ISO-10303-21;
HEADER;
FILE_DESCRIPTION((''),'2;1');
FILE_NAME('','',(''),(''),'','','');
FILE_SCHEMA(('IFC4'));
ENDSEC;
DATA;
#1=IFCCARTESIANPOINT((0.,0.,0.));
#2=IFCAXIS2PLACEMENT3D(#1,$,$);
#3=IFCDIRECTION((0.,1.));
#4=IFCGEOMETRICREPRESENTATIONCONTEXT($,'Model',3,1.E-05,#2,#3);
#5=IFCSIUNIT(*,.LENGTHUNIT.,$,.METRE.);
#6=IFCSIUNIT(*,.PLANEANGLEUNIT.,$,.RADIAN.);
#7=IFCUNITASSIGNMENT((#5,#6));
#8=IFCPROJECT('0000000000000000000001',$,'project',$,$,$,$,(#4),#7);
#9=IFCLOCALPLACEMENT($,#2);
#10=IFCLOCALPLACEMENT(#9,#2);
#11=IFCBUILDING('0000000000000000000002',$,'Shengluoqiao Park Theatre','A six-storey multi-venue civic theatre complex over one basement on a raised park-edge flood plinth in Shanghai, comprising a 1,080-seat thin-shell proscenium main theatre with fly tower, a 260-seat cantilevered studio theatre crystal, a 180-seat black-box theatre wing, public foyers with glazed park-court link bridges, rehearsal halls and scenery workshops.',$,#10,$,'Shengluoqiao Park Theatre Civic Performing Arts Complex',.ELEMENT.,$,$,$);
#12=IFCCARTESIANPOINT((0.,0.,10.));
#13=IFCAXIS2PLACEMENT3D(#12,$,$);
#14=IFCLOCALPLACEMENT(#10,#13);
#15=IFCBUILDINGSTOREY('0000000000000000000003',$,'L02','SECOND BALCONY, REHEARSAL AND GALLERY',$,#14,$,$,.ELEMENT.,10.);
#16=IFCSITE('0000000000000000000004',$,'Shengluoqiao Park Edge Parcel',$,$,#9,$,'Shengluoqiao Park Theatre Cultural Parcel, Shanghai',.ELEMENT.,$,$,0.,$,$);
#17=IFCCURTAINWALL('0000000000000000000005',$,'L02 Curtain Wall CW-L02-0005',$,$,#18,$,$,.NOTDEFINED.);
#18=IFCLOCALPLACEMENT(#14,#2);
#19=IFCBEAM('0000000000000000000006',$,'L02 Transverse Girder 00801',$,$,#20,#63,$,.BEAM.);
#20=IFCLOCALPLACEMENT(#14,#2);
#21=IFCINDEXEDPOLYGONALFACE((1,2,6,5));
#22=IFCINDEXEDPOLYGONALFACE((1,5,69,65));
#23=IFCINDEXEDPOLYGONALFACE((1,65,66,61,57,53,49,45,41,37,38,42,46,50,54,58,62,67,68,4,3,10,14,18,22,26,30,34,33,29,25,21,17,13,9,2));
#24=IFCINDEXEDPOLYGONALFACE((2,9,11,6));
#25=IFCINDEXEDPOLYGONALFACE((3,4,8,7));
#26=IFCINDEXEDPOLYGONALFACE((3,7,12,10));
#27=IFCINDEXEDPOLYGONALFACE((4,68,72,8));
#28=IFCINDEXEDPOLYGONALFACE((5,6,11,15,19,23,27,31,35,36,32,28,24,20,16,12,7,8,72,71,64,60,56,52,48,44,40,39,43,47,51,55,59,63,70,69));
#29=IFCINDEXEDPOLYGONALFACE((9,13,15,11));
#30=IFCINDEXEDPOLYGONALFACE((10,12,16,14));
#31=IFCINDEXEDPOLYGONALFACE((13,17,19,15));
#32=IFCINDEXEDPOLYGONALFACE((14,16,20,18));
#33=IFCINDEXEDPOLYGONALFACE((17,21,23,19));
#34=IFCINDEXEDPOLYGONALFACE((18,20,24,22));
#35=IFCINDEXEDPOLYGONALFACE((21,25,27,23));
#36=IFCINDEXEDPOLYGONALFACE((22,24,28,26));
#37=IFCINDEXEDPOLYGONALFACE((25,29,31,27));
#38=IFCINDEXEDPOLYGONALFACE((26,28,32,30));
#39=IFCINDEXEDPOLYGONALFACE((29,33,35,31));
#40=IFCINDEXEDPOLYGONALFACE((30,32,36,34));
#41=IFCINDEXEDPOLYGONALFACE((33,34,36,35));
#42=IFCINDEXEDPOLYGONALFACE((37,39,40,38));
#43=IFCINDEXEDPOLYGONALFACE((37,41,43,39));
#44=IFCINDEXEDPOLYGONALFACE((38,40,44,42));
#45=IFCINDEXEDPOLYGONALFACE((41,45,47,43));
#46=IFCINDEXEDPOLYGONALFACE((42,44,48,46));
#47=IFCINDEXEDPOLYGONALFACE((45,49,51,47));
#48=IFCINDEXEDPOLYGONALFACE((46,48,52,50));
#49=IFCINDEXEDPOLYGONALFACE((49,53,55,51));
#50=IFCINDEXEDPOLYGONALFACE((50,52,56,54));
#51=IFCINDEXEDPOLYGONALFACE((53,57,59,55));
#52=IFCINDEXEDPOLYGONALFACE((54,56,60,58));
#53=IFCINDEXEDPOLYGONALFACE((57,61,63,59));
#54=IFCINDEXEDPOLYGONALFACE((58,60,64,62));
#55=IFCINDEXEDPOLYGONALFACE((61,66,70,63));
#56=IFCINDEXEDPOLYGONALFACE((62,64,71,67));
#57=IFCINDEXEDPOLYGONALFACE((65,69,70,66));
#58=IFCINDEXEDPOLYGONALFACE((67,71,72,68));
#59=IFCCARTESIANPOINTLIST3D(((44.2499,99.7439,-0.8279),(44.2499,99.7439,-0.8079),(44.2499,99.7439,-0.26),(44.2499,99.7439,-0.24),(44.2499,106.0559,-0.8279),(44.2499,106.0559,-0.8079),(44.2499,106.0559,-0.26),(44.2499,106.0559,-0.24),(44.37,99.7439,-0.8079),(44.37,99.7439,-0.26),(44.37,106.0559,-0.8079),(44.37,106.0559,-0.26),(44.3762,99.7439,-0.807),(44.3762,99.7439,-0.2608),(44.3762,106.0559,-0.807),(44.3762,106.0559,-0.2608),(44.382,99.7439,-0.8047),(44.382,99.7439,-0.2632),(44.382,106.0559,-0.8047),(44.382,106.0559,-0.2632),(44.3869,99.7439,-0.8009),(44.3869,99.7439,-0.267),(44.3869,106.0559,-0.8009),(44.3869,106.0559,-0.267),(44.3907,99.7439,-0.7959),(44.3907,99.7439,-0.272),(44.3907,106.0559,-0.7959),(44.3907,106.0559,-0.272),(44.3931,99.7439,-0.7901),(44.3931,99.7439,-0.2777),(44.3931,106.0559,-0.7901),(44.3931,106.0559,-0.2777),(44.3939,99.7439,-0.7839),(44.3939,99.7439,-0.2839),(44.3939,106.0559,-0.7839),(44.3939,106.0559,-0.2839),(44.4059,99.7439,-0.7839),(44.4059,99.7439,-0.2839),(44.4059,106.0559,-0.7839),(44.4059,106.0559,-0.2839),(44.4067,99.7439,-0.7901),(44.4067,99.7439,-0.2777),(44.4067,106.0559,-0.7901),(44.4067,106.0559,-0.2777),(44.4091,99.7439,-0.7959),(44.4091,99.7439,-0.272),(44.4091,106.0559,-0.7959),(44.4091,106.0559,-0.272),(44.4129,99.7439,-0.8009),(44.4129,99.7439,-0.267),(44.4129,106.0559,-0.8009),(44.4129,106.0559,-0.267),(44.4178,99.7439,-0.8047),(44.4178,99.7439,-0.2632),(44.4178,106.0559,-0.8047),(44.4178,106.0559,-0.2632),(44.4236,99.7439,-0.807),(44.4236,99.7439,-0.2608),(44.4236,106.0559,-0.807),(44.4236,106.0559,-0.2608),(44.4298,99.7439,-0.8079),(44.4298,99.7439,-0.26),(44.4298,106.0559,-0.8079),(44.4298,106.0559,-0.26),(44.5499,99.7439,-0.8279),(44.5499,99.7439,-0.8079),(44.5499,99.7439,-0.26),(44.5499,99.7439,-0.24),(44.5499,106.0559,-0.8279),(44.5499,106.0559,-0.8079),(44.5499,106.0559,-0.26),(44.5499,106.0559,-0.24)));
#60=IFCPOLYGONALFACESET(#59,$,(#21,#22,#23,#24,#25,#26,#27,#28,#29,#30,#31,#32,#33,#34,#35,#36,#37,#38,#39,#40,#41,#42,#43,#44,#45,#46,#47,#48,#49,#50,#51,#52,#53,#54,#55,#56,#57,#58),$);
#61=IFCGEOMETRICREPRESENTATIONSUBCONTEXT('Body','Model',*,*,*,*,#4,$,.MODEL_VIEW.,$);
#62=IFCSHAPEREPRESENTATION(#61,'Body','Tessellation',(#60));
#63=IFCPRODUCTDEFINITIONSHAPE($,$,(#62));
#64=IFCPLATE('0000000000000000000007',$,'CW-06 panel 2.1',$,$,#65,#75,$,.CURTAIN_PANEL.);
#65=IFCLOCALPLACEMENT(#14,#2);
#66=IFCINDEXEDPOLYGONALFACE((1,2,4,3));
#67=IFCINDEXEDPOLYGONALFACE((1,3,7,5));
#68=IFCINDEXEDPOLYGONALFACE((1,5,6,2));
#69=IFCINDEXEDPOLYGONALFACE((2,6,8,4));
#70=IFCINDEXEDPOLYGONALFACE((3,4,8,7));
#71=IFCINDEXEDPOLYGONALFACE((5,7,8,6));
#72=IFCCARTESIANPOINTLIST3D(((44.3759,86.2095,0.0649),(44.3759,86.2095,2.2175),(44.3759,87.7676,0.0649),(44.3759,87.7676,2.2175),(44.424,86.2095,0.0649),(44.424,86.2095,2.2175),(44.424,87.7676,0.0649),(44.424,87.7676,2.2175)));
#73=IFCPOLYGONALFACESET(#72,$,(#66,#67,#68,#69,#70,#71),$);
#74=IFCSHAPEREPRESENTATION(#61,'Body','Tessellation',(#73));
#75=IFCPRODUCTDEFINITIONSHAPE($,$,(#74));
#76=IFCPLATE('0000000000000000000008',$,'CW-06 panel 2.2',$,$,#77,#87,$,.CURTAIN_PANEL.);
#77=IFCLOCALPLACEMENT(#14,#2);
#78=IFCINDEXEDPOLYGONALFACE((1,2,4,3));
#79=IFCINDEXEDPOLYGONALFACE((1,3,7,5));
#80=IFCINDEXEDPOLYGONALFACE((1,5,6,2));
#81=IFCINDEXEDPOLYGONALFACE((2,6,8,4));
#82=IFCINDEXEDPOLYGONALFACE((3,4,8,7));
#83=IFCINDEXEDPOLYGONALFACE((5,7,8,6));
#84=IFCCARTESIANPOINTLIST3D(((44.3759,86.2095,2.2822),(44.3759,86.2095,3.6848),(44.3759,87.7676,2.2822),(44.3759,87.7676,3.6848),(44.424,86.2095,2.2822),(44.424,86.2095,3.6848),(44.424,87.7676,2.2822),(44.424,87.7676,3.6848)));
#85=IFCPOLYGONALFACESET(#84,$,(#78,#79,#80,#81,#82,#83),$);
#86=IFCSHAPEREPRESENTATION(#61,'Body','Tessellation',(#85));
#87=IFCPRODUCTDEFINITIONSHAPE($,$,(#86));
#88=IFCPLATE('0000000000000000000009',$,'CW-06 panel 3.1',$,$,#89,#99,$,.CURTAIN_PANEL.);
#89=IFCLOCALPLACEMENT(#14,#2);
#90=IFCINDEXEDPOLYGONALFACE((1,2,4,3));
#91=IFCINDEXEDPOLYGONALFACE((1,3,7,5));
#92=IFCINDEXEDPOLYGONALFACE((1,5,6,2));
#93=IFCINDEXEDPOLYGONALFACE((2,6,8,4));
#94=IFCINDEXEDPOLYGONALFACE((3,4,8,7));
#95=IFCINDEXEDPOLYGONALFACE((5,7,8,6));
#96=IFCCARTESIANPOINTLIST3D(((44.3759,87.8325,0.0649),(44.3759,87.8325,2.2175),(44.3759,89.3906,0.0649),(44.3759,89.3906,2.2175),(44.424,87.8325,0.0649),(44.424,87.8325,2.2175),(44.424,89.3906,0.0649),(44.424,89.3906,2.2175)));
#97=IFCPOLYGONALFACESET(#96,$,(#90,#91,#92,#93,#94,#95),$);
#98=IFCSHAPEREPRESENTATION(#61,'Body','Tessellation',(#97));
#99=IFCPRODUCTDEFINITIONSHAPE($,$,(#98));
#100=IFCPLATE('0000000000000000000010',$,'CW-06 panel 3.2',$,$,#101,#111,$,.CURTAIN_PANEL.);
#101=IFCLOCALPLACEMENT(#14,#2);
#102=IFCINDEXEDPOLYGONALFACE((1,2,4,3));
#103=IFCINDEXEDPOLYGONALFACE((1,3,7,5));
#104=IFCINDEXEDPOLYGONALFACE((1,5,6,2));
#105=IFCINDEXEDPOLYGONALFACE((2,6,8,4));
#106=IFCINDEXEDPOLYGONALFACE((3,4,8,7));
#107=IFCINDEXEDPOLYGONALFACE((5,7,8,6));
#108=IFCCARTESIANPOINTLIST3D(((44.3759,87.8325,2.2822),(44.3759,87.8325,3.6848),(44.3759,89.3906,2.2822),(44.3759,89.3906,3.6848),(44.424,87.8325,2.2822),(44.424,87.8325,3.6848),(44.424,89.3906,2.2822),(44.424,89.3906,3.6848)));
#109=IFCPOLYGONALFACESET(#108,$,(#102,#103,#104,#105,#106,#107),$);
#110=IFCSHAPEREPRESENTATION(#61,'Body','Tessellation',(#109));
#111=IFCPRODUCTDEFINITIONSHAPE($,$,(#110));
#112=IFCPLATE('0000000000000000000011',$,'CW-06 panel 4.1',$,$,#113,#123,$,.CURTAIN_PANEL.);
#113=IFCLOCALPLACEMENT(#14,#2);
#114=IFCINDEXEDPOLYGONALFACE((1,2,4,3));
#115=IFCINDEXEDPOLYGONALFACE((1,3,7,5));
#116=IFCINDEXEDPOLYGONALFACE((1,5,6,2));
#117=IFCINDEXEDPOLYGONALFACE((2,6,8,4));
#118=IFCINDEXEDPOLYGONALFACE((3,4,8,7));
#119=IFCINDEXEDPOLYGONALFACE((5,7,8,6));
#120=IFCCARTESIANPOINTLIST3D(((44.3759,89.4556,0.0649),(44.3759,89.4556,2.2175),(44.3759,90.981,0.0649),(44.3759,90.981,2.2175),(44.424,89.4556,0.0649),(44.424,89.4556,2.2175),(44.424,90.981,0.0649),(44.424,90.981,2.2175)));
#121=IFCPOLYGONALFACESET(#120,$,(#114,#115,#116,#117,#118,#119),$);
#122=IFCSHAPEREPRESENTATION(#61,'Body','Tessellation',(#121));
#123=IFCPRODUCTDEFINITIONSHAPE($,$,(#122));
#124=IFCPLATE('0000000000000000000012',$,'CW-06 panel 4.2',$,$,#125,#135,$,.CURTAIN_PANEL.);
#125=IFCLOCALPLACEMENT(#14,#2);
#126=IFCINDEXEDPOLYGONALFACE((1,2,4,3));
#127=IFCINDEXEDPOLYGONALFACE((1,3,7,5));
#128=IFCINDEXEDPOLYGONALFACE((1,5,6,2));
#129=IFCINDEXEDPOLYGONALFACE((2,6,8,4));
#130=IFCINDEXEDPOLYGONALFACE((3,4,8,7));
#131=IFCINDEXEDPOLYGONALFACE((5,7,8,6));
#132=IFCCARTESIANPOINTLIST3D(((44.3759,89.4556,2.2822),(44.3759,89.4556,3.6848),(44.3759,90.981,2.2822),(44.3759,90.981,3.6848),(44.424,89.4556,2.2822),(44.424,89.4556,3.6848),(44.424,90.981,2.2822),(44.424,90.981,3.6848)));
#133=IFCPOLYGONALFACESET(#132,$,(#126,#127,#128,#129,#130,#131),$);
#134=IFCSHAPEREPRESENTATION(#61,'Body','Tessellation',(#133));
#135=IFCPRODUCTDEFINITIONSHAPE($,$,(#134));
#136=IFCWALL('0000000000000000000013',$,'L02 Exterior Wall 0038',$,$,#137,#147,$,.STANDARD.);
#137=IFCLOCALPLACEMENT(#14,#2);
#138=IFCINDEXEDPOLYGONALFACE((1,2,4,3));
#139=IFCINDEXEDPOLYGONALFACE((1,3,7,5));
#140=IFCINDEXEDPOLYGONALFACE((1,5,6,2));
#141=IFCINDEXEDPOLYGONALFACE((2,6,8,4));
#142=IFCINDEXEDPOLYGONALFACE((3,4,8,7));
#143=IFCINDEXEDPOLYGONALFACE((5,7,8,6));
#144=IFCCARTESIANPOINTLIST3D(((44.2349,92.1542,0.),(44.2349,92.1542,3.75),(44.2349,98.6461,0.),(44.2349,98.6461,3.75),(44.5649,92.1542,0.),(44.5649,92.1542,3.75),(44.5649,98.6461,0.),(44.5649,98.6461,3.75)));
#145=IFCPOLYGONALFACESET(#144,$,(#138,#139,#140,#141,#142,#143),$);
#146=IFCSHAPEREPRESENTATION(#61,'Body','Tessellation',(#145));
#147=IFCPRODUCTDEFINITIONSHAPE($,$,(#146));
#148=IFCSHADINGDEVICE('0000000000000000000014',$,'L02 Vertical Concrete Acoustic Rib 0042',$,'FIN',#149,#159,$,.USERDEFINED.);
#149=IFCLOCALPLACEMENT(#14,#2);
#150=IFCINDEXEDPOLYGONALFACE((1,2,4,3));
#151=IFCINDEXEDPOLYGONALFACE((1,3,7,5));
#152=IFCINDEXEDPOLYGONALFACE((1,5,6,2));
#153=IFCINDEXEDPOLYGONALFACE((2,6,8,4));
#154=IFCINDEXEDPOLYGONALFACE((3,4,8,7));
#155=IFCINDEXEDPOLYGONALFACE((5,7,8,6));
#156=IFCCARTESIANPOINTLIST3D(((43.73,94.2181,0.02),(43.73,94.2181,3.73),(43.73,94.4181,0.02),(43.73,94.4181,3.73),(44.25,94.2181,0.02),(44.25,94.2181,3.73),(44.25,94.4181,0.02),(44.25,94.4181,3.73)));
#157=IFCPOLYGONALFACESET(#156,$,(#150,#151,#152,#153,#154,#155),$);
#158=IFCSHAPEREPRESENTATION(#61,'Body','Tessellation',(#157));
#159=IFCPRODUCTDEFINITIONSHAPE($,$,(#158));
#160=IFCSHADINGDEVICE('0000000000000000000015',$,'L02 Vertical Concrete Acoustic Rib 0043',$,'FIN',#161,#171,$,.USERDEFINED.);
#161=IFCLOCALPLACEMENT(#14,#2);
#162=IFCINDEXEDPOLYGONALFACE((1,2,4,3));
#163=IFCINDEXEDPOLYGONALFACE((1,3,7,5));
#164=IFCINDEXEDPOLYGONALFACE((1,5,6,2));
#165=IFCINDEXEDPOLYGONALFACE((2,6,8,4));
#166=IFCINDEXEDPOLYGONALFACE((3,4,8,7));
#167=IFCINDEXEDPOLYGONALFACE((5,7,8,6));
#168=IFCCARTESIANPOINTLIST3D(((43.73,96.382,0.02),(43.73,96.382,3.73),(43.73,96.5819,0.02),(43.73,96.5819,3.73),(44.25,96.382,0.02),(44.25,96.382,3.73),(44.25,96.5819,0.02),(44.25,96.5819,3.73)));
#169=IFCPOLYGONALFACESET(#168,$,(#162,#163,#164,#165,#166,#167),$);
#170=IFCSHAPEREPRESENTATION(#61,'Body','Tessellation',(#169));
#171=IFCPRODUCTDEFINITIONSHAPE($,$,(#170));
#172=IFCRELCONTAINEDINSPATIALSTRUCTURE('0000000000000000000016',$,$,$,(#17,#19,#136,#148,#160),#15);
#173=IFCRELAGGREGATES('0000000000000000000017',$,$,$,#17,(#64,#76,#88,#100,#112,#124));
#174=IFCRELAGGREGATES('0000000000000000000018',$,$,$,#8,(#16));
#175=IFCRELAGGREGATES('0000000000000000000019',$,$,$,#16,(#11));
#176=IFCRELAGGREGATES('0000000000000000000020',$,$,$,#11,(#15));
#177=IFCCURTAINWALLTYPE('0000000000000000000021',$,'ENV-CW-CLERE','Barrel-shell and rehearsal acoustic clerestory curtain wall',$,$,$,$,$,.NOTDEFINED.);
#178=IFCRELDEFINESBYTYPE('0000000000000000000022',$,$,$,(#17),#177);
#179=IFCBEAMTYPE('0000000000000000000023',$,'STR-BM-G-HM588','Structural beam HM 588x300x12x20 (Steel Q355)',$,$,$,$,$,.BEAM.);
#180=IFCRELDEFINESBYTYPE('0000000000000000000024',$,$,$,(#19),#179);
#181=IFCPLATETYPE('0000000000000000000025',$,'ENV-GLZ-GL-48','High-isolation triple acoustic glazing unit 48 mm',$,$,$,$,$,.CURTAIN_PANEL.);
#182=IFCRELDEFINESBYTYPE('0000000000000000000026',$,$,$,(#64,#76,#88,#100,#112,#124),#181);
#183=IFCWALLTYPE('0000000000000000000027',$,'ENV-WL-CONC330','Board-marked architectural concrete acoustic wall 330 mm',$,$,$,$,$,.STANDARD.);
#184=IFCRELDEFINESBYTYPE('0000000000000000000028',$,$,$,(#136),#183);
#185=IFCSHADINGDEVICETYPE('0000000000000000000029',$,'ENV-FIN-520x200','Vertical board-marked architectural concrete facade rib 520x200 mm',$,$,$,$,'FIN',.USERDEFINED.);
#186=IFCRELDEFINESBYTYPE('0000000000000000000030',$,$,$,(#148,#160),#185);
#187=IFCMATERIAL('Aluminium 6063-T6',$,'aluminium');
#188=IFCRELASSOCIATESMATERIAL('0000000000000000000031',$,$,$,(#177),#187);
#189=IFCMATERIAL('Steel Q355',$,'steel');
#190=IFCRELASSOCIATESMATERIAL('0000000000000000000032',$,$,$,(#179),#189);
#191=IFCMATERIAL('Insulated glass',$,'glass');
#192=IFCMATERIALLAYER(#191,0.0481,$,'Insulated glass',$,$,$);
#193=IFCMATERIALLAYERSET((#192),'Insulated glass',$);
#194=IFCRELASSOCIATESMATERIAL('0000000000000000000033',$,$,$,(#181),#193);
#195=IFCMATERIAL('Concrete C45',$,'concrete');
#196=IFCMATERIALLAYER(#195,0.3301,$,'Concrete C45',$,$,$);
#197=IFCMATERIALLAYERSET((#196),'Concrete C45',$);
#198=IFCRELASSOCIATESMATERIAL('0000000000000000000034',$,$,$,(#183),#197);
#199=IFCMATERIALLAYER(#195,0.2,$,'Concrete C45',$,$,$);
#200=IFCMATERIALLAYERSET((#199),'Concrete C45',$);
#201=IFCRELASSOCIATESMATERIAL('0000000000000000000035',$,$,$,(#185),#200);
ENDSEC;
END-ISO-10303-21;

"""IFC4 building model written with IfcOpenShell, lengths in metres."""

from ifc_helpers import new_model, si_unit, direction, frame, frame_2d, origin, origin_2d, place, context, subcontext, project, spatial, rectangle, i_section, extrude, material, layer, layer_set, material_profile, profile_set, type_object, element, aggregate, save


model = new_model("IFC4")

# Units and contexts
model_context = context("Model", 3, precision=1e-05, world=origin(), true_north=direction((0.0, 1.0)))
body_context = subcontext(model_context, "Body", "Model", "MODEL_VIEW")
ifc_project = project(units=[si_unit("LENGTHUNIT", "METRE"), si_unit("PLANEANGLEUNIT", "RADIAN")], contexts=[model_context])

# Site, building, storey
site_placement = place(None, origin())
site = spatial("IfcSite", under=ifc_project, at=site_placement, Name="Shengluoqiao Park Edge Parcel", LongName="Shengluoqiao Park Theatre Cultural Parcel, Shanghai", CompositionType="ELEMENT", RefElevation=0.0)
building_placement = place(site_placement, origin())
building = spatial("IfcBuilding", under=site, at=building_placement, Name="Shengluoqiao Park Theatre", Description="A six-storey multi-venue civic theatre complex over one basement on a raised park-edge flood plinth in Shanghai, comprising a 1,080-seat thin-shell proscenium main theatre with fly tower, a 260-seat cantilevered studio theatre crystal, a 180-seat black-box theatre wing, public foyers with glazed park-court link bridges, rehearsal halls and scenery workshops.", LongName="Shengluoqiao Park Theatre Civic Performing Arts Complex", CompositionType="ELEMENT")
storey_placement = place(building_placement, frame((0.0, 0.0, 10.0)))
storey = spatial("IfcBuildingStorey", under=building, at=storey_placement, Name="L02", Description="SECOND BALCONY, REHEARSAL AND GALLERY", CompositionType="ELEMENT", Elevation=10.0)

# Curtain wall
ifc_material_1 = material(Name="Aluminium 6063-T6", Category="aluminium")
curtain_wall_type = type_object("IfcCurtainWallType", Name="ENV-CW-CLERE", Description="Barrel-shell and rehearsal acoustic clerestory curtain wall", PredefinedType="NOTDEFINED", material=ifc_material_1)
curtain_wall_1_placement = place(storey_placement, origin())
curtain_wall_1 = element("IfcCurtainWall", 1, at=curtain_wall_1_placement, inside=storey, type_object=curtain_wall_type, Name="L02 Curtain Wall CW-L02-0005", PredefinedType="NOTDEFINED")

# Beam
ifc_material_2 = material(Name="Steel Q355", Category="steel")
ifc_material_profile_1 = material_profile(ifc_material_2, i_section(OverallWidth=0.3, OverallDepth=0.5879, WebThickness=0.012, FlangeThickness=0.02, FilletRadius=0.0239, at=origin_2d()), Name="HM 588x300x12x20")
ifc_profile_set_1 = profile_set([ifc_material_profile_1], Name="Steel Q355")
beam_type = type_object("IfcBeamType", Name="STR-BM-G-HM588", Description="Structural beam HM 588x300x12x20 (Steel Q355)", PredefinedType="BEAM", material=ifc_profile_set_1)
beam_1_placement = place(storey_placement, frame((44.3999, 99.7439, -0.5339), z_axis=(0.0, 1.0, 0.0), x_axis=(-1.0, 0.0, 0.0)))
element("IfcBeam", 2, at=beam_1_placement, inside=storey, type_object=beam_type, Name="L02 Transverse Girder 00801", PredefinedType="BEAM", context=body_context, shape_type="SweptSolid", body=[
    extrude(i_section(OverallWidth=0.3, OverallDepth=0.5879, WebThickness=0.012, FlangeThickness=0.02, FilletRadius=0.0239, at=origin_2d()), origin(), (0.0, 0.0, 1.0), 6.312),
])

# Plates
ifc_material_3 = material(Name="Insulated glass", Category="glass")
ifc_layer_1 = layer(ifc_material_3, 0.0481, Name="Insulated glass")
ifc_layer_set_1 = layer_set([ifc_layer_1], Name="Insulated glass")
plate_type = type_object("IfcPlateType", Name="ENV-GLZ-GL-48", Description="High-isolation triple acoustic glazing unit 48 mm", PredefinedType="CURTAIN_PANEL", material=ifc_layer_set_1)
plate_1_placement = place(storey_placement, frame((44.3999, 86.9885, 0.0649), z_axis=(0.0, 0.0, 1.0), x_axis=(0.0, 1.0, 0.0)))
plate_1 = element("IfcPlate", 3, at=plate_1_placement, type_object=plate_type, Name="CW-06 panel 2.1", PredefinedType="CURTAIN_PANEL", context=body_context, shape_type="SweptSolid", body=[
    extrude(rectangle(XDim=1.5581, YDim=0.0481, at=origin_2d()), origin(), (0.0, 0.0, 1.0), 2.1526),
])
plate_2_placement = place(storey_placement, frame((44.3999, 86.9885, 2.2822), z_axis=(0.0, 0.0, 1.0), x_axis=(0.0, 1.0, 0.0)))
plate_2 = element("IfcPlate", 4, at=plate_2_placement, type_object=plate_type, Name="CW-06 panel 2.2", PredefinedType="CURTAIN_PANEL", context=body_context, shape_type="SweptSolid", body=[
    extrude(rectangle(XDim=1.5581, YDim=0.0481, at=origin_2d()), origin(), (0.0, 0.0, 1.0), 1.4026),
])
plate_3_placement = place(storey_placement, frame((44.3999, 88.6116, 0.0649), z_axis=(0.0, 0.0, 1.0), x_axis=(0.0, 1.0, 0.0)))
plate_3 = element("IfcPlate", 5, at=plate_3_placement, type_object=plate_type, Name="CW-06 panel 3.1", PredefinedType="CURTAIN_PANEL", context=body_context, shape_type="SweptSolid", body=[
    extrude(rectangle(XDim=1.5581, YDim=0.0481, at=origin_2d()), origin(), (0.0, 0.0, 1.0), 2.1526),
])
plate_4_placement = place(storey_placement, frame((44.3999, 88.6116, 2.2822), z_axis=(0.0, 0.0, 1.0), x_axis=(0.0, 1.0, 0.0)))
plate_4 = element("IfcPlate", 6, at=plate_4_placement, type_object=plate_type, Name="CW-06 panel 3.2", PredefinedType="CURTAIN_PANEL", context=body_context, shape_type="SweptSolid", body=[
    extrude(rectangle(XDim=1.5581, YDim=0.0481, at=origin_2d()), origin(), (0.0, 0.0, 1.0), 1.4026),
])
plate_5_placement = place(storey_placement, frame((44.3999, 90.2183, 0.0649), z_axis=(0.0, 0.0, 1.0), x_axis=(0.0, 1.0, 0.0)))
plate_5 = element("IfcPlate", 7, at=plate_5_placement, type_object=plate_type, Name="CW-06 panel 4.1", PredefinedType="CURTAIN_PANEL", context=body_context, shape_type="SweptSolid", body=[
    extrude(rectangle(XDim=1.5254, YDim=0.0481, at=origin_2d()), origin(), (0.0, 0.0, 1.0), 2.1526),
])
plate_6_placement = place(storey_placement, frame((44.3999, 90.2183, 2.2822), z_axis=(0.0, 0.0, 1.0), x_axis=(0.0, 1.0, 0.0)))
plate_6 = element("IfcPlate", 8, at=plate_6_placement, type_object=plate_type, Name="CW-06 panel 4.2", PredefinedType="CURTAIN_PANEL", context=body_context, shape_type="SweptSolid", body=[
    extrude(rectangle(XDim=1.5254, YDim=0.0481, at=origin_2d()), origin(), (0.0, 0.0, 1.0), 1.4026),
])
aggregate(curtain_wall_1, [plate_1, plate_2, plate_3, plate_4, plate_5, plate_6])

# Wall
ifc_material_4 = material(Name="Concrete C45", Category="concrete")
ifc_layer_2 = layer(ifc_material_4, 0.3301, Name="Concrete C45")
ifc_layer_set_2 = layer_set([ifc_layer_2], Name="Concrete C45")
wall_type = type_object("IfcWallType", Name="ENV-WL-CONC330", Description="Board-marked architectural concrete acoustic wall 330 mm", PredefinedType="STANDARD", material=ifc_layer_set_2)
wall_placement = place(storey_placement, frame((44.3999, 92.1541, 0.0), z_axis=(0.0, 0.0, 1.0), x_axis=(0.0, 1.0, 0.0)))
element("IfcWall", 9, at=wall_placement, inside=storey, type_object=wall_type, Name="L02 Exterior Wall 0038", PredefinedType="STANDARD", context=body_context, shape_type="SweptSolid", body=[
    extrude(rectangle(XDim=6.4919, YDim=0.3301, at=frame_2d((3.2461, 0.0))), origin(), (0.0, 0.0, 1.0), 3.75),
])

# Shading devices
ifc_layer_3 = layer(ifc_material_4, 0.2, Name="Concrete C45")
ifc_layer_set_3 = layer_set([ifc_layer_3], Name="Concrete C45")
shading_device_type = type_object("IfcShadingDeviceType", Name="ENV-FIN-520x200", Description="Vertical board-marked architectural concrete facade rib 520x200 mm", ElementType="FIN", PredefinedType="USERDEFINED", material=ifc_layer_set_3)
for number, where, z_axis, x_axis, name in (
    (10, (43.99, 94.3181, 0.02), (0.0, 0.0, 1.0), (-1.0, 0.0, 0.0), "L02 Vertical Concrete Acoustic Rib 0042"),
    (11, (43.99, 96.4819, 0.02), (0.0, 0.0, 1.0), (-1.0, 0.0, 0.0), "L02 Vertical Concrete Acoustic Rib 0043"),
):
    element("IfcShadingDevice", number, at=place(storey_placement, frame(where, z_axis=z_axis, x_axis=x_axis)), inside=storey, type_object=shading_device_type, Name=name, ObjectType="FIN", PredefinedType="USERDEFINED", context=body_context, shape_type="SweptSolid", body=[
        extrude(rectangle(XDim=0.52, YDim=0.2, at=origin_2d()), origin(), (0.0, 0.0, 1.0), 3.71),
    ])

save(model, "model.ifc")
